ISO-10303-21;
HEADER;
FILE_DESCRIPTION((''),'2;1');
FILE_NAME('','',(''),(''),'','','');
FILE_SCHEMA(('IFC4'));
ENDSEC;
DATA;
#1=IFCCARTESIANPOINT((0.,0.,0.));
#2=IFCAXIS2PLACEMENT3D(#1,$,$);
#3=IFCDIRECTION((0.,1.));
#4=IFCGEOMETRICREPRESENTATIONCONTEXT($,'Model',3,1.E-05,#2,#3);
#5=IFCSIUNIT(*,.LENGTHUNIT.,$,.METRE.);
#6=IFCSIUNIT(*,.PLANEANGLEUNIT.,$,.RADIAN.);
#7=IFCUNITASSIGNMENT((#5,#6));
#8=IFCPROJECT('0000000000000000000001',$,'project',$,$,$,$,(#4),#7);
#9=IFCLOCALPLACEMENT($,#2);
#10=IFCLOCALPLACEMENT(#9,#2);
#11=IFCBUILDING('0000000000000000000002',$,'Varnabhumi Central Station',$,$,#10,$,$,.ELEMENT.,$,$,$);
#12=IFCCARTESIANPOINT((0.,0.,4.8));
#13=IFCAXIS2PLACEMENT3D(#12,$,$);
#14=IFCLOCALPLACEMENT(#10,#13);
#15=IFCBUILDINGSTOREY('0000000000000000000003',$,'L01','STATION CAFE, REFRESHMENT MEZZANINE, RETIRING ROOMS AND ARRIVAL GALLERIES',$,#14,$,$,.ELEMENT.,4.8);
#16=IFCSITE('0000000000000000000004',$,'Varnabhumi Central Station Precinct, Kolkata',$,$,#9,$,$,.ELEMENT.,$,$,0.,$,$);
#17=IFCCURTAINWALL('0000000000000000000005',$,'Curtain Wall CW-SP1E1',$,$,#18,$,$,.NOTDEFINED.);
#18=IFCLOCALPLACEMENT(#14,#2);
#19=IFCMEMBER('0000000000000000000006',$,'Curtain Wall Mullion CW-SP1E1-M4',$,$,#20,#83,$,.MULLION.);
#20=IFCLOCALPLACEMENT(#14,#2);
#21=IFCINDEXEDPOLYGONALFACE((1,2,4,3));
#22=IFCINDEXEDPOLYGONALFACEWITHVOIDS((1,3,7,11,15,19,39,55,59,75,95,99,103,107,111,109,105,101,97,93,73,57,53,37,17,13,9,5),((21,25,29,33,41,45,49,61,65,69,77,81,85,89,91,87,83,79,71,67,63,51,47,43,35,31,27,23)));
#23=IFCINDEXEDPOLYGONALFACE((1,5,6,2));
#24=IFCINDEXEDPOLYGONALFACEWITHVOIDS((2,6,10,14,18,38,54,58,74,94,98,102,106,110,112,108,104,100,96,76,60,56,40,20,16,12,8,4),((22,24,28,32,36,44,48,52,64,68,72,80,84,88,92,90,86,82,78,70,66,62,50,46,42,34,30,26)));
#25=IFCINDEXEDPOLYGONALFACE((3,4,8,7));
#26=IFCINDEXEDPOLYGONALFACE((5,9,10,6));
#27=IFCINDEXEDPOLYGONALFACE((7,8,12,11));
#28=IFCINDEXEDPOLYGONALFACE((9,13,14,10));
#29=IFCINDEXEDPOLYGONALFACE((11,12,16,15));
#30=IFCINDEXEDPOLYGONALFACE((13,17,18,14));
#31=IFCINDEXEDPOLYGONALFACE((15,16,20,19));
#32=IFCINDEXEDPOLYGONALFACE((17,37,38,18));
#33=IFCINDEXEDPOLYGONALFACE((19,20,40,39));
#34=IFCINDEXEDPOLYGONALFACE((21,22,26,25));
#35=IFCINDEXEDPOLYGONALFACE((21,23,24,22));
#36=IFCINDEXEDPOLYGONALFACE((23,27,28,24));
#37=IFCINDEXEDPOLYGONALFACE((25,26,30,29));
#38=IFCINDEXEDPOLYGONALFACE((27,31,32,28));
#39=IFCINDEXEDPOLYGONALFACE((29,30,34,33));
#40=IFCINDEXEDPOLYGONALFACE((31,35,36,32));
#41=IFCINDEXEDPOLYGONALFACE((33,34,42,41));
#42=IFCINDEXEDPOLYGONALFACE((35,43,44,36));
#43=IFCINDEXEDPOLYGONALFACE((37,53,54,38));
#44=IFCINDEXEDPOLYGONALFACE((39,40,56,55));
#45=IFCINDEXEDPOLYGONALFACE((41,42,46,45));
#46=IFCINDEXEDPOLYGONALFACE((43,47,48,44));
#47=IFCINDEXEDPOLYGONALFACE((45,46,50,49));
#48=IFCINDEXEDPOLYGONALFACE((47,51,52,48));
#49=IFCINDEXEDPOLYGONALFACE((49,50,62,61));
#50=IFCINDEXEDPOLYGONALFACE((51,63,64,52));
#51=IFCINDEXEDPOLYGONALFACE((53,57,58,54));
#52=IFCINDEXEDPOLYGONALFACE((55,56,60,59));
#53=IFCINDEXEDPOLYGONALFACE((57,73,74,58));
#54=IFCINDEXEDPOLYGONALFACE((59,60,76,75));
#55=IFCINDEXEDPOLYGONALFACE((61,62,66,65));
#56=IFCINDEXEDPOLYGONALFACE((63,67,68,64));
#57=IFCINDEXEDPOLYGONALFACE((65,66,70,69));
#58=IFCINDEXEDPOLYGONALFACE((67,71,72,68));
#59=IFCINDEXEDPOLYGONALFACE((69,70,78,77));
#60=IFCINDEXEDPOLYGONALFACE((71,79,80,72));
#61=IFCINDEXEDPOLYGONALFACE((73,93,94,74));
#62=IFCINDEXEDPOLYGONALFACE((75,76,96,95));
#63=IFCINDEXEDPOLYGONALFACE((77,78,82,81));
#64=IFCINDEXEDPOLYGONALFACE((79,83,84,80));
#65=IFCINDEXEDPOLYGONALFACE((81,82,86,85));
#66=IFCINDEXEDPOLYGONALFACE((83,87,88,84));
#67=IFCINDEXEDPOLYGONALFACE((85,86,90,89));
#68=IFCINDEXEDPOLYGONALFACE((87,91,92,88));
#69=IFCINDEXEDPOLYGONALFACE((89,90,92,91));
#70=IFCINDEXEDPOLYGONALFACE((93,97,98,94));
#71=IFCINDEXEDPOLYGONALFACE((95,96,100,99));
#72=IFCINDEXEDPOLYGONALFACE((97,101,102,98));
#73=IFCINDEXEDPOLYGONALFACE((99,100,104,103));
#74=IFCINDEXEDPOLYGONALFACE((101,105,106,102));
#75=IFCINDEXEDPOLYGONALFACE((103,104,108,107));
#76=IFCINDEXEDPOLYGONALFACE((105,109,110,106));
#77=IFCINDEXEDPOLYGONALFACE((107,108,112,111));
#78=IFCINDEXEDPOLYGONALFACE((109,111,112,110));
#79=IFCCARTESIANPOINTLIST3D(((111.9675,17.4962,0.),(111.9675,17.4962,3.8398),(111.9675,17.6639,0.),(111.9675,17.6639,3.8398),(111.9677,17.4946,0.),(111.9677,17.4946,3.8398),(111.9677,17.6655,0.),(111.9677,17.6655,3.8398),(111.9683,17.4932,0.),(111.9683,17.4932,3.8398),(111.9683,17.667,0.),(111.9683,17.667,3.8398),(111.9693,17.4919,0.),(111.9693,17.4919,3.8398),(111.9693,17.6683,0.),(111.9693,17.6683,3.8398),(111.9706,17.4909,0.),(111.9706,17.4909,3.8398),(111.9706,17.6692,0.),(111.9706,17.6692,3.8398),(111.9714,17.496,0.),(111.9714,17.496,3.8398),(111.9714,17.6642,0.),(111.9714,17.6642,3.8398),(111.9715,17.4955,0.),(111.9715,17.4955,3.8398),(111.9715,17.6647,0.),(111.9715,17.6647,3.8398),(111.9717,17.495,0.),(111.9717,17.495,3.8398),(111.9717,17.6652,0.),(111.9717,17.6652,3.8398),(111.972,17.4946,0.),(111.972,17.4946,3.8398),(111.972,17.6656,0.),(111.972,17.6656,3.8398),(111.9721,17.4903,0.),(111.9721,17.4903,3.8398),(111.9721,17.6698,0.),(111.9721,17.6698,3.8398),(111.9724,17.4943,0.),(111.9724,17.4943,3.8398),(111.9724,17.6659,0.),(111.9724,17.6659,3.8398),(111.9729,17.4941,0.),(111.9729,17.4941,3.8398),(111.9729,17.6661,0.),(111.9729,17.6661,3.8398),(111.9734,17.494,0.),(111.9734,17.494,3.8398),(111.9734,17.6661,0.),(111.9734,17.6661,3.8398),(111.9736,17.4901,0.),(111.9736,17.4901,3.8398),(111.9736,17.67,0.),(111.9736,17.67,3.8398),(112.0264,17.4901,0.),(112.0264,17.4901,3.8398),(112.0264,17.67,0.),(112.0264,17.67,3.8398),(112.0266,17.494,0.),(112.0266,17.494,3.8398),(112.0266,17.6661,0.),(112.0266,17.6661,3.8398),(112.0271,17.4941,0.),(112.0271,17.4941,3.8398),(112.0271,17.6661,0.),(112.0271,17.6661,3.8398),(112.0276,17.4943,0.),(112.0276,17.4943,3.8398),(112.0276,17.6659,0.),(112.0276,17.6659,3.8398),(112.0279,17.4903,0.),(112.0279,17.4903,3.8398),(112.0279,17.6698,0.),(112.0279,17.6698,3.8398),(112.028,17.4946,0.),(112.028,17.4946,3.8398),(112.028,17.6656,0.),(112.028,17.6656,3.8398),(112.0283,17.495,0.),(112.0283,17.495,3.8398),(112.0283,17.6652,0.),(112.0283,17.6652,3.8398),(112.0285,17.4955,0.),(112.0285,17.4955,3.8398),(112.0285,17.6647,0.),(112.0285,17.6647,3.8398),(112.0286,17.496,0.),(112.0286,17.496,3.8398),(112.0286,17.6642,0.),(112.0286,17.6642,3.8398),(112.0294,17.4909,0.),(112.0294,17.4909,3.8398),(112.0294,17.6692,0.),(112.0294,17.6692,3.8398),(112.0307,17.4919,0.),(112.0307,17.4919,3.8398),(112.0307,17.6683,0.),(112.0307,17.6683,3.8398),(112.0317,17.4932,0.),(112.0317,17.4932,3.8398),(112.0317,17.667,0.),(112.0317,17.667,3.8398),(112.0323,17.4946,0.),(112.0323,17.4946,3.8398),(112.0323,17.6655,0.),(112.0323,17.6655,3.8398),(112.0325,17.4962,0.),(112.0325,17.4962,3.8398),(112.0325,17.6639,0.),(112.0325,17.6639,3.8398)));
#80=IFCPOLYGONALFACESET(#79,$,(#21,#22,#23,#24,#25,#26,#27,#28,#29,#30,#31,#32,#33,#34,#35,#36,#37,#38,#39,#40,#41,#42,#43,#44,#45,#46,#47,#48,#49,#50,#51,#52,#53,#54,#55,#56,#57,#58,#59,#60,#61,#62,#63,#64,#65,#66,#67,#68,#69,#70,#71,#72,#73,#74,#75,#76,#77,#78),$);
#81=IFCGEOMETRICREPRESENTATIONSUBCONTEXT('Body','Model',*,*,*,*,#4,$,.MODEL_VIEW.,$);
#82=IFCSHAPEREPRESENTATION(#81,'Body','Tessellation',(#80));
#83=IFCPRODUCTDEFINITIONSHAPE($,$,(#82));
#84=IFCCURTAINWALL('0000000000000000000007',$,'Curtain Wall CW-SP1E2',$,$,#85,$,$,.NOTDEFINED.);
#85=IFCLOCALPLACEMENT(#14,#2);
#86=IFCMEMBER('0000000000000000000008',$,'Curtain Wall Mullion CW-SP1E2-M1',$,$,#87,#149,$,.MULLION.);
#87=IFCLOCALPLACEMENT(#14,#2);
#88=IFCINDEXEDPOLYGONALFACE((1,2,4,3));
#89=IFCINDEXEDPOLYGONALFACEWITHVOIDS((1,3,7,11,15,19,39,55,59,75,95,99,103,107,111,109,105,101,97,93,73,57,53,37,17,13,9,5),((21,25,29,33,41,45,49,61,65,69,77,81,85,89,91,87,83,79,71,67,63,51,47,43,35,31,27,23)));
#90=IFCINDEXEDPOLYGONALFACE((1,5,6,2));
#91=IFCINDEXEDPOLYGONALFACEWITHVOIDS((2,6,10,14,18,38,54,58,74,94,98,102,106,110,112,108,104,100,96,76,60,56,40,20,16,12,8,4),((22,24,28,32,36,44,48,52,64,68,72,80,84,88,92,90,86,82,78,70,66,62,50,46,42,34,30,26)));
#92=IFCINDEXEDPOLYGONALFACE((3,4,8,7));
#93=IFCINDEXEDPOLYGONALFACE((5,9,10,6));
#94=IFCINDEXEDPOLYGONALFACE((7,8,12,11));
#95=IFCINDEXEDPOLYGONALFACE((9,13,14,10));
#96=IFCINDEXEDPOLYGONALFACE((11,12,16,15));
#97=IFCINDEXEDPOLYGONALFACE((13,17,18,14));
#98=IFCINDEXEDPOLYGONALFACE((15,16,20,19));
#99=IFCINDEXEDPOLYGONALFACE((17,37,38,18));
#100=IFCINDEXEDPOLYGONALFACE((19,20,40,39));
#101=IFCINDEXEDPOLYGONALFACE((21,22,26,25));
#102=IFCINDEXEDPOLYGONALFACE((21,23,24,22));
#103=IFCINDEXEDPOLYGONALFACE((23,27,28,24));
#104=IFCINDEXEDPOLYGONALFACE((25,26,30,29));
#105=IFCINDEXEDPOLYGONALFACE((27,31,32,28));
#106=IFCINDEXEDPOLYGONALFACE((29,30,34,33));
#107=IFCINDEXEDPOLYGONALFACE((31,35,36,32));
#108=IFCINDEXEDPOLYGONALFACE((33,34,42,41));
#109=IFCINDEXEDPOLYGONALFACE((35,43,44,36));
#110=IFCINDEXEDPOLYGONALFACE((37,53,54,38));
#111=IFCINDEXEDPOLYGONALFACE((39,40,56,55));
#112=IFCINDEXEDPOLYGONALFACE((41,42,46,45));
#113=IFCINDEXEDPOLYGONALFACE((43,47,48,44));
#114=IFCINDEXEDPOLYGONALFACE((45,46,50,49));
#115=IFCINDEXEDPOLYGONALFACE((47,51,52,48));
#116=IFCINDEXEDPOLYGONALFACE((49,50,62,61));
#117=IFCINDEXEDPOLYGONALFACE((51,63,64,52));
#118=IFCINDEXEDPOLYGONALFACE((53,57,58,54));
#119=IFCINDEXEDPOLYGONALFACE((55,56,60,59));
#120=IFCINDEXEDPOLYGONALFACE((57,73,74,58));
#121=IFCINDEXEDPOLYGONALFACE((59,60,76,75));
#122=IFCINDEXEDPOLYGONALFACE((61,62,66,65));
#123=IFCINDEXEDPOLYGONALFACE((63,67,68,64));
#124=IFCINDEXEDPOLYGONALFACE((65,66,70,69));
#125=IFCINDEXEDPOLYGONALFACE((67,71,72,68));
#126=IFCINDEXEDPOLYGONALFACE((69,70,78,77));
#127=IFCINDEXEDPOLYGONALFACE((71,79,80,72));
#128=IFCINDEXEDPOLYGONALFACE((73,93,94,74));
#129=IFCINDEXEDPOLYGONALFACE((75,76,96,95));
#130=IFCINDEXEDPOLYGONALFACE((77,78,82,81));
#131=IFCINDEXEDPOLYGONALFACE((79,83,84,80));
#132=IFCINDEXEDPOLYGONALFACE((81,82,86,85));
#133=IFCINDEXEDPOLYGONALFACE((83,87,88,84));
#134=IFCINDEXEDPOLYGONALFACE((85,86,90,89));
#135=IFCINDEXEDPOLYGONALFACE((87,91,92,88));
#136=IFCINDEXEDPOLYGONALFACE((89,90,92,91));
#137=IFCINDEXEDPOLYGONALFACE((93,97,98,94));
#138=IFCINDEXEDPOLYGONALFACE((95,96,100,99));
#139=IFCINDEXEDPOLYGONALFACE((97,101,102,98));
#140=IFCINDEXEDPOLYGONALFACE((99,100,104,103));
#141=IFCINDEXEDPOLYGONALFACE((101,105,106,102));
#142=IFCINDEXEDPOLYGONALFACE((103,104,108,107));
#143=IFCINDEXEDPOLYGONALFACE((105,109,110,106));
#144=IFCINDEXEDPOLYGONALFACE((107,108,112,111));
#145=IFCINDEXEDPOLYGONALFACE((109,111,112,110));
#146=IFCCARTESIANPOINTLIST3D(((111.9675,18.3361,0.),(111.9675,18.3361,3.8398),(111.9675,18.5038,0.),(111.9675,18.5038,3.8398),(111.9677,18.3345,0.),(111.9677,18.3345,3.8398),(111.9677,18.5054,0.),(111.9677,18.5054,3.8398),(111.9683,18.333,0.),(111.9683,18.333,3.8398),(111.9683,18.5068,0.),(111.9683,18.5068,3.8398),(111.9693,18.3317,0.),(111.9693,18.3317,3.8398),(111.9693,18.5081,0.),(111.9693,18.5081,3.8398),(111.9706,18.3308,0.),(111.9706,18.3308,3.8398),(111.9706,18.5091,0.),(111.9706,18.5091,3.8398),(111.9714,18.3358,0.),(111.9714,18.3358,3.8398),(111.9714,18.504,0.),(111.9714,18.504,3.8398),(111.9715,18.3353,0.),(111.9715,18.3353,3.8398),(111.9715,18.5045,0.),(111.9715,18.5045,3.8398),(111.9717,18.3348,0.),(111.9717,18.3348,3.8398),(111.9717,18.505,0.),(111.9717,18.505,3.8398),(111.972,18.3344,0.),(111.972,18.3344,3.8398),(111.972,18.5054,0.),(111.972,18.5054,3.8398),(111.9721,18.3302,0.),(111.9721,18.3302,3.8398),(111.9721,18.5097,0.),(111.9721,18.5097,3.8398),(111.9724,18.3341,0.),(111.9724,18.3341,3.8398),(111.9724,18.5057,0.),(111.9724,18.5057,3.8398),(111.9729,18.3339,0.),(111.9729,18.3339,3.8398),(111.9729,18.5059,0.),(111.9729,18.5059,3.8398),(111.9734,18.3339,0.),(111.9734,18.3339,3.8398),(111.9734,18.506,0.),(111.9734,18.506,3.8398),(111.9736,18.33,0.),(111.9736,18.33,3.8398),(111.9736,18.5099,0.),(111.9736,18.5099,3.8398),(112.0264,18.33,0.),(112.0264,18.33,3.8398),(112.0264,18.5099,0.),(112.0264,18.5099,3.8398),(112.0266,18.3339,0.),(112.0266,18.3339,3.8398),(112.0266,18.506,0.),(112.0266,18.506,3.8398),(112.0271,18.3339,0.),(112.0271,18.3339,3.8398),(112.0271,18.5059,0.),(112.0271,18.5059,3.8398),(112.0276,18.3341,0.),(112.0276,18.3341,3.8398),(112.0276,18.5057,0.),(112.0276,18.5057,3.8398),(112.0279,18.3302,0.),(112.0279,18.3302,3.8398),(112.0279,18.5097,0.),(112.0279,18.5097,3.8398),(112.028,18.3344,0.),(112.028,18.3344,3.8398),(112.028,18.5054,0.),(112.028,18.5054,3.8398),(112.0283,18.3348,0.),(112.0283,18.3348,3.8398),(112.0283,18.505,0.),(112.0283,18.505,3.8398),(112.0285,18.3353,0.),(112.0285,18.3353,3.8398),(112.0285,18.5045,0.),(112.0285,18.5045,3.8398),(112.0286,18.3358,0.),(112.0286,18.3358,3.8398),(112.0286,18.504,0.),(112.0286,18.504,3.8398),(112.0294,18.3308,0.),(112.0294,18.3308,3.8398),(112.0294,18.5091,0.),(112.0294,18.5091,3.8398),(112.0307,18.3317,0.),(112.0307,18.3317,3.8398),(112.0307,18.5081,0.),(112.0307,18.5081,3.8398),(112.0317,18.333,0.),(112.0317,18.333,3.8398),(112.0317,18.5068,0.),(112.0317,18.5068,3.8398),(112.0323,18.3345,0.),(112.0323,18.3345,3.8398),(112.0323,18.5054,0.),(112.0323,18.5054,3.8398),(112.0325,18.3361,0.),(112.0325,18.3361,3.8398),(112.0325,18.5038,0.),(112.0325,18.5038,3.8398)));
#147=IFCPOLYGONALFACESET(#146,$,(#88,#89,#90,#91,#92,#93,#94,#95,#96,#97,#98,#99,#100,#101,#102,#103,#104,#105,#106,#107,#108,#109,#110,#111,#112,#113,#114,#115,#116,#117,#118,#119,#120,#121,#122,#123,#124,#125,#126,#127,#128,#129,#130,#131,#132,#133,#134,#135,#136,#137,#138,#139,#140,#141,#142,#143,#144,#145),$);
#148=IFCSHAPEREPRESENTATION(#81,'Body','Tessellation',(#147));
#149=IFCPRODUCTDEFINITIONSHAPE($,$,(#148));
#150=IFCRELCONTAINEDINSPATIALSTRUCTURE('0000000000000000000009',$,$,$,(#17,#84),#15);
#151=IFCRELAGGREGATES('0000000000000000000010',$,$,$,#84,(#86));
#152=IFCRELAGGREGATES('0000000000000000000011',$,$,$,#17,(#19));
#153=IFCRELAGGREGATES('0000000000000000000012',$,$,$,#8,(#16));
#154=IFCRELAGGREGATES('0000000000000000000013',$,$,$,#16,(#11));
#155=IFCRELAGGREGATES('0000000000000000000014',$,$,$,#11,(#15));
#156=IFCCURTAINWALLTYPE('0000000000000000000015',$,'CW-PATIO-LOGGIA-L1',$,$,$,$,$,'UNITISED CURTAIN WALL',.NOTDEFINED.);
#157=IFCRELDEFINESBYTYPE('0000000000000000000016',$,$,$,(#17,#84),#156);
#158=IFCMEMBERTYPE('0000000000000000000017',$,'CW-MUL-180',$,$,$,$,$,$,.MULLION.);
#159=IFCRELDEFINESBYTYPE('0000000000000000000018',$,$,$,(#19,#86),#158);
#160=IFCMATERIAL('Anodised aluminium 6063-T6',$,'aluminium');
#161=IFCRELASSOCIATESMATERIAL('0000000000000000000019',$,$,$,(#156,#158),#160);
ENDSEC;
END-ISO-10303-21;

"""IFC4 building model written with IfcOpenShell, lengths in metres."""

from ifc_helpers import new_model, si_unit, direction, frame, origin, origin_2d, place, context, subcontext, project, spatial, hollow_rectangle, extrude, material, material_profile, profile_set, type_object, element, aggregate, save


model = new_model("IFC4")

# Units and contexts
model_context = context("Model", 3, precision=1e-05, world=origin(), true_north=direction((0.0, 1.0)))
body_context = subcontext(model_context, "Body", "Model", "MODEL_VIEW")
ifc_project = project(units=[si_unit("LENGTHUNIT", "METRE"), si_unit("PLANEANGLEUNIT", "RADIAN")], contexts=[model_context])

# Site, building, storey
site_placement = place(None, origin())
site = spatial("IfcSite", under=ifc_project, at=site_placement, Name="Varnabhumi Central Station Precinct, Kolkata", CompositionType="ELEMENT", RefElevation=0.0)
building_placement = place(site_placement, origin())
building = spatial("IfcBuilding", under=site, at=building_placement, Name="Varnabhumi Central Station", CompositionType="ELEMENT")
storey_placement = place(building_placement, frame((0.0, 0.0, 4.8)))
storey = spatial("IfcBuildingStorey", under=building, at=storey_placement, Name="L01", Description="STATION CAFE, REFRESHMENT MEZZANINE, RETIRING ROOMS AND ARRIVAL GALLERIES", CompositionType="ELEMENT", Elevation=4.8)

# Curtain wall, member
ifc_material_1 = material(Name="Anodised aluminium 6063-T6", Category="aluminium")
curtain_wall_type = type_object("IfcCurtainWallType", Name="CW-PATIO-LOGGIA-L1", ElementType="UNITISED CURTAIN WALL", PredefinedType="NOTDEFINED", material=ifc_material_1)
curtain_wall_1_placement = place(storey_placement, origin())
curtain_wall_1 = element("IfcCurtainWall", 1, at=curtain_wall_1_placement, inside=storey, type_object=curtain_wall_type, Name="Curtain Wall CW-SP1E1", PredefinedType="NOTDEFINED")
ifc_material_profile_1 = material_profile(ifc_material_1, hollow_rectangle(XDim=0.0649, YDim=0.1799, WallThickness=0.0039, InnerFilletRadius=0.002, OuterFilletRadius=0.0061, at=origin_2d()), Name="Anodised aluminium 6063-T6", Category="aluminium")
ifc_profile_set_1 = profile_set([ifc_material_profile_1], Name="Anodised aluminium 6063-T6")
member_type_1 = type_object("IfcMemberType", Name="CW-MUL-180", PredefinedType="MULLION", material=ifc_profile_set_1)
member_1_placement = place(storey_placement, frame((112.0, 17.5801, 0.0), z_axis=(0.0, 0.0, 1.0), x_axis=(1.0, 0.0, 0.0)))
member_1 = element("IfcMember", 2, at=member_1_placement, type_object=member_type_1, Name="Curtain Wall Mullion CW-SP1E1-M4", PredefinedType="MULLION", context=body_context, shape_type="SweptSolid", body=[
    extrude(hollow_rectangle(XDim=0.0649, YDim=0.1799, WallThickness=0.0039, InnerFilletRadius=0.002, OuterFilletRadius=0.0061, at=origin_2d()), origin(), (0.0, 0.0, 1.0), 3.8398),
])

# Curtain wall, member
curtain_wall_2_placement = place(storey_placement, origin())
curtain_wall_2 = element("IfcCurtainWall", 3, at=curtain_wall_2_placement, inside=storey, type_object=curtain_wall_type, Name="Curtain Wall CW-SP1E2", PredefinedType="NOTDEFINED")
member_2_placement = place(storey_placement, frame((112.0, 18.4199, 0.0), z_axis=(0.0, 0.0, 1.0), x_axis=(1.0, 0.0, 0.0)))
member_2 = element("IfcMember", 4, at=member_2_placement, type_object=member_type_1, Name="Curtain Wall Mullion CW-SP1E2-M1", PredefinedType="MULLION", context=body_context, shape_type="SweptSolid", body=[
    extrude(hollow_rectangle(XDim=0.0649, YDim=0.1799, WallThickness=0.0039, InnerFilletRadius=0.002, OuterFilletRadius=0.0061, at=origin_2d()), origin(), (0.0, 0.0, 1.0), 3.8398),
])
aggregate(curtain_wall_2, [member_2])

aggregate(curtain_wall_1, [member_1])

save(model, "model.ifc")
